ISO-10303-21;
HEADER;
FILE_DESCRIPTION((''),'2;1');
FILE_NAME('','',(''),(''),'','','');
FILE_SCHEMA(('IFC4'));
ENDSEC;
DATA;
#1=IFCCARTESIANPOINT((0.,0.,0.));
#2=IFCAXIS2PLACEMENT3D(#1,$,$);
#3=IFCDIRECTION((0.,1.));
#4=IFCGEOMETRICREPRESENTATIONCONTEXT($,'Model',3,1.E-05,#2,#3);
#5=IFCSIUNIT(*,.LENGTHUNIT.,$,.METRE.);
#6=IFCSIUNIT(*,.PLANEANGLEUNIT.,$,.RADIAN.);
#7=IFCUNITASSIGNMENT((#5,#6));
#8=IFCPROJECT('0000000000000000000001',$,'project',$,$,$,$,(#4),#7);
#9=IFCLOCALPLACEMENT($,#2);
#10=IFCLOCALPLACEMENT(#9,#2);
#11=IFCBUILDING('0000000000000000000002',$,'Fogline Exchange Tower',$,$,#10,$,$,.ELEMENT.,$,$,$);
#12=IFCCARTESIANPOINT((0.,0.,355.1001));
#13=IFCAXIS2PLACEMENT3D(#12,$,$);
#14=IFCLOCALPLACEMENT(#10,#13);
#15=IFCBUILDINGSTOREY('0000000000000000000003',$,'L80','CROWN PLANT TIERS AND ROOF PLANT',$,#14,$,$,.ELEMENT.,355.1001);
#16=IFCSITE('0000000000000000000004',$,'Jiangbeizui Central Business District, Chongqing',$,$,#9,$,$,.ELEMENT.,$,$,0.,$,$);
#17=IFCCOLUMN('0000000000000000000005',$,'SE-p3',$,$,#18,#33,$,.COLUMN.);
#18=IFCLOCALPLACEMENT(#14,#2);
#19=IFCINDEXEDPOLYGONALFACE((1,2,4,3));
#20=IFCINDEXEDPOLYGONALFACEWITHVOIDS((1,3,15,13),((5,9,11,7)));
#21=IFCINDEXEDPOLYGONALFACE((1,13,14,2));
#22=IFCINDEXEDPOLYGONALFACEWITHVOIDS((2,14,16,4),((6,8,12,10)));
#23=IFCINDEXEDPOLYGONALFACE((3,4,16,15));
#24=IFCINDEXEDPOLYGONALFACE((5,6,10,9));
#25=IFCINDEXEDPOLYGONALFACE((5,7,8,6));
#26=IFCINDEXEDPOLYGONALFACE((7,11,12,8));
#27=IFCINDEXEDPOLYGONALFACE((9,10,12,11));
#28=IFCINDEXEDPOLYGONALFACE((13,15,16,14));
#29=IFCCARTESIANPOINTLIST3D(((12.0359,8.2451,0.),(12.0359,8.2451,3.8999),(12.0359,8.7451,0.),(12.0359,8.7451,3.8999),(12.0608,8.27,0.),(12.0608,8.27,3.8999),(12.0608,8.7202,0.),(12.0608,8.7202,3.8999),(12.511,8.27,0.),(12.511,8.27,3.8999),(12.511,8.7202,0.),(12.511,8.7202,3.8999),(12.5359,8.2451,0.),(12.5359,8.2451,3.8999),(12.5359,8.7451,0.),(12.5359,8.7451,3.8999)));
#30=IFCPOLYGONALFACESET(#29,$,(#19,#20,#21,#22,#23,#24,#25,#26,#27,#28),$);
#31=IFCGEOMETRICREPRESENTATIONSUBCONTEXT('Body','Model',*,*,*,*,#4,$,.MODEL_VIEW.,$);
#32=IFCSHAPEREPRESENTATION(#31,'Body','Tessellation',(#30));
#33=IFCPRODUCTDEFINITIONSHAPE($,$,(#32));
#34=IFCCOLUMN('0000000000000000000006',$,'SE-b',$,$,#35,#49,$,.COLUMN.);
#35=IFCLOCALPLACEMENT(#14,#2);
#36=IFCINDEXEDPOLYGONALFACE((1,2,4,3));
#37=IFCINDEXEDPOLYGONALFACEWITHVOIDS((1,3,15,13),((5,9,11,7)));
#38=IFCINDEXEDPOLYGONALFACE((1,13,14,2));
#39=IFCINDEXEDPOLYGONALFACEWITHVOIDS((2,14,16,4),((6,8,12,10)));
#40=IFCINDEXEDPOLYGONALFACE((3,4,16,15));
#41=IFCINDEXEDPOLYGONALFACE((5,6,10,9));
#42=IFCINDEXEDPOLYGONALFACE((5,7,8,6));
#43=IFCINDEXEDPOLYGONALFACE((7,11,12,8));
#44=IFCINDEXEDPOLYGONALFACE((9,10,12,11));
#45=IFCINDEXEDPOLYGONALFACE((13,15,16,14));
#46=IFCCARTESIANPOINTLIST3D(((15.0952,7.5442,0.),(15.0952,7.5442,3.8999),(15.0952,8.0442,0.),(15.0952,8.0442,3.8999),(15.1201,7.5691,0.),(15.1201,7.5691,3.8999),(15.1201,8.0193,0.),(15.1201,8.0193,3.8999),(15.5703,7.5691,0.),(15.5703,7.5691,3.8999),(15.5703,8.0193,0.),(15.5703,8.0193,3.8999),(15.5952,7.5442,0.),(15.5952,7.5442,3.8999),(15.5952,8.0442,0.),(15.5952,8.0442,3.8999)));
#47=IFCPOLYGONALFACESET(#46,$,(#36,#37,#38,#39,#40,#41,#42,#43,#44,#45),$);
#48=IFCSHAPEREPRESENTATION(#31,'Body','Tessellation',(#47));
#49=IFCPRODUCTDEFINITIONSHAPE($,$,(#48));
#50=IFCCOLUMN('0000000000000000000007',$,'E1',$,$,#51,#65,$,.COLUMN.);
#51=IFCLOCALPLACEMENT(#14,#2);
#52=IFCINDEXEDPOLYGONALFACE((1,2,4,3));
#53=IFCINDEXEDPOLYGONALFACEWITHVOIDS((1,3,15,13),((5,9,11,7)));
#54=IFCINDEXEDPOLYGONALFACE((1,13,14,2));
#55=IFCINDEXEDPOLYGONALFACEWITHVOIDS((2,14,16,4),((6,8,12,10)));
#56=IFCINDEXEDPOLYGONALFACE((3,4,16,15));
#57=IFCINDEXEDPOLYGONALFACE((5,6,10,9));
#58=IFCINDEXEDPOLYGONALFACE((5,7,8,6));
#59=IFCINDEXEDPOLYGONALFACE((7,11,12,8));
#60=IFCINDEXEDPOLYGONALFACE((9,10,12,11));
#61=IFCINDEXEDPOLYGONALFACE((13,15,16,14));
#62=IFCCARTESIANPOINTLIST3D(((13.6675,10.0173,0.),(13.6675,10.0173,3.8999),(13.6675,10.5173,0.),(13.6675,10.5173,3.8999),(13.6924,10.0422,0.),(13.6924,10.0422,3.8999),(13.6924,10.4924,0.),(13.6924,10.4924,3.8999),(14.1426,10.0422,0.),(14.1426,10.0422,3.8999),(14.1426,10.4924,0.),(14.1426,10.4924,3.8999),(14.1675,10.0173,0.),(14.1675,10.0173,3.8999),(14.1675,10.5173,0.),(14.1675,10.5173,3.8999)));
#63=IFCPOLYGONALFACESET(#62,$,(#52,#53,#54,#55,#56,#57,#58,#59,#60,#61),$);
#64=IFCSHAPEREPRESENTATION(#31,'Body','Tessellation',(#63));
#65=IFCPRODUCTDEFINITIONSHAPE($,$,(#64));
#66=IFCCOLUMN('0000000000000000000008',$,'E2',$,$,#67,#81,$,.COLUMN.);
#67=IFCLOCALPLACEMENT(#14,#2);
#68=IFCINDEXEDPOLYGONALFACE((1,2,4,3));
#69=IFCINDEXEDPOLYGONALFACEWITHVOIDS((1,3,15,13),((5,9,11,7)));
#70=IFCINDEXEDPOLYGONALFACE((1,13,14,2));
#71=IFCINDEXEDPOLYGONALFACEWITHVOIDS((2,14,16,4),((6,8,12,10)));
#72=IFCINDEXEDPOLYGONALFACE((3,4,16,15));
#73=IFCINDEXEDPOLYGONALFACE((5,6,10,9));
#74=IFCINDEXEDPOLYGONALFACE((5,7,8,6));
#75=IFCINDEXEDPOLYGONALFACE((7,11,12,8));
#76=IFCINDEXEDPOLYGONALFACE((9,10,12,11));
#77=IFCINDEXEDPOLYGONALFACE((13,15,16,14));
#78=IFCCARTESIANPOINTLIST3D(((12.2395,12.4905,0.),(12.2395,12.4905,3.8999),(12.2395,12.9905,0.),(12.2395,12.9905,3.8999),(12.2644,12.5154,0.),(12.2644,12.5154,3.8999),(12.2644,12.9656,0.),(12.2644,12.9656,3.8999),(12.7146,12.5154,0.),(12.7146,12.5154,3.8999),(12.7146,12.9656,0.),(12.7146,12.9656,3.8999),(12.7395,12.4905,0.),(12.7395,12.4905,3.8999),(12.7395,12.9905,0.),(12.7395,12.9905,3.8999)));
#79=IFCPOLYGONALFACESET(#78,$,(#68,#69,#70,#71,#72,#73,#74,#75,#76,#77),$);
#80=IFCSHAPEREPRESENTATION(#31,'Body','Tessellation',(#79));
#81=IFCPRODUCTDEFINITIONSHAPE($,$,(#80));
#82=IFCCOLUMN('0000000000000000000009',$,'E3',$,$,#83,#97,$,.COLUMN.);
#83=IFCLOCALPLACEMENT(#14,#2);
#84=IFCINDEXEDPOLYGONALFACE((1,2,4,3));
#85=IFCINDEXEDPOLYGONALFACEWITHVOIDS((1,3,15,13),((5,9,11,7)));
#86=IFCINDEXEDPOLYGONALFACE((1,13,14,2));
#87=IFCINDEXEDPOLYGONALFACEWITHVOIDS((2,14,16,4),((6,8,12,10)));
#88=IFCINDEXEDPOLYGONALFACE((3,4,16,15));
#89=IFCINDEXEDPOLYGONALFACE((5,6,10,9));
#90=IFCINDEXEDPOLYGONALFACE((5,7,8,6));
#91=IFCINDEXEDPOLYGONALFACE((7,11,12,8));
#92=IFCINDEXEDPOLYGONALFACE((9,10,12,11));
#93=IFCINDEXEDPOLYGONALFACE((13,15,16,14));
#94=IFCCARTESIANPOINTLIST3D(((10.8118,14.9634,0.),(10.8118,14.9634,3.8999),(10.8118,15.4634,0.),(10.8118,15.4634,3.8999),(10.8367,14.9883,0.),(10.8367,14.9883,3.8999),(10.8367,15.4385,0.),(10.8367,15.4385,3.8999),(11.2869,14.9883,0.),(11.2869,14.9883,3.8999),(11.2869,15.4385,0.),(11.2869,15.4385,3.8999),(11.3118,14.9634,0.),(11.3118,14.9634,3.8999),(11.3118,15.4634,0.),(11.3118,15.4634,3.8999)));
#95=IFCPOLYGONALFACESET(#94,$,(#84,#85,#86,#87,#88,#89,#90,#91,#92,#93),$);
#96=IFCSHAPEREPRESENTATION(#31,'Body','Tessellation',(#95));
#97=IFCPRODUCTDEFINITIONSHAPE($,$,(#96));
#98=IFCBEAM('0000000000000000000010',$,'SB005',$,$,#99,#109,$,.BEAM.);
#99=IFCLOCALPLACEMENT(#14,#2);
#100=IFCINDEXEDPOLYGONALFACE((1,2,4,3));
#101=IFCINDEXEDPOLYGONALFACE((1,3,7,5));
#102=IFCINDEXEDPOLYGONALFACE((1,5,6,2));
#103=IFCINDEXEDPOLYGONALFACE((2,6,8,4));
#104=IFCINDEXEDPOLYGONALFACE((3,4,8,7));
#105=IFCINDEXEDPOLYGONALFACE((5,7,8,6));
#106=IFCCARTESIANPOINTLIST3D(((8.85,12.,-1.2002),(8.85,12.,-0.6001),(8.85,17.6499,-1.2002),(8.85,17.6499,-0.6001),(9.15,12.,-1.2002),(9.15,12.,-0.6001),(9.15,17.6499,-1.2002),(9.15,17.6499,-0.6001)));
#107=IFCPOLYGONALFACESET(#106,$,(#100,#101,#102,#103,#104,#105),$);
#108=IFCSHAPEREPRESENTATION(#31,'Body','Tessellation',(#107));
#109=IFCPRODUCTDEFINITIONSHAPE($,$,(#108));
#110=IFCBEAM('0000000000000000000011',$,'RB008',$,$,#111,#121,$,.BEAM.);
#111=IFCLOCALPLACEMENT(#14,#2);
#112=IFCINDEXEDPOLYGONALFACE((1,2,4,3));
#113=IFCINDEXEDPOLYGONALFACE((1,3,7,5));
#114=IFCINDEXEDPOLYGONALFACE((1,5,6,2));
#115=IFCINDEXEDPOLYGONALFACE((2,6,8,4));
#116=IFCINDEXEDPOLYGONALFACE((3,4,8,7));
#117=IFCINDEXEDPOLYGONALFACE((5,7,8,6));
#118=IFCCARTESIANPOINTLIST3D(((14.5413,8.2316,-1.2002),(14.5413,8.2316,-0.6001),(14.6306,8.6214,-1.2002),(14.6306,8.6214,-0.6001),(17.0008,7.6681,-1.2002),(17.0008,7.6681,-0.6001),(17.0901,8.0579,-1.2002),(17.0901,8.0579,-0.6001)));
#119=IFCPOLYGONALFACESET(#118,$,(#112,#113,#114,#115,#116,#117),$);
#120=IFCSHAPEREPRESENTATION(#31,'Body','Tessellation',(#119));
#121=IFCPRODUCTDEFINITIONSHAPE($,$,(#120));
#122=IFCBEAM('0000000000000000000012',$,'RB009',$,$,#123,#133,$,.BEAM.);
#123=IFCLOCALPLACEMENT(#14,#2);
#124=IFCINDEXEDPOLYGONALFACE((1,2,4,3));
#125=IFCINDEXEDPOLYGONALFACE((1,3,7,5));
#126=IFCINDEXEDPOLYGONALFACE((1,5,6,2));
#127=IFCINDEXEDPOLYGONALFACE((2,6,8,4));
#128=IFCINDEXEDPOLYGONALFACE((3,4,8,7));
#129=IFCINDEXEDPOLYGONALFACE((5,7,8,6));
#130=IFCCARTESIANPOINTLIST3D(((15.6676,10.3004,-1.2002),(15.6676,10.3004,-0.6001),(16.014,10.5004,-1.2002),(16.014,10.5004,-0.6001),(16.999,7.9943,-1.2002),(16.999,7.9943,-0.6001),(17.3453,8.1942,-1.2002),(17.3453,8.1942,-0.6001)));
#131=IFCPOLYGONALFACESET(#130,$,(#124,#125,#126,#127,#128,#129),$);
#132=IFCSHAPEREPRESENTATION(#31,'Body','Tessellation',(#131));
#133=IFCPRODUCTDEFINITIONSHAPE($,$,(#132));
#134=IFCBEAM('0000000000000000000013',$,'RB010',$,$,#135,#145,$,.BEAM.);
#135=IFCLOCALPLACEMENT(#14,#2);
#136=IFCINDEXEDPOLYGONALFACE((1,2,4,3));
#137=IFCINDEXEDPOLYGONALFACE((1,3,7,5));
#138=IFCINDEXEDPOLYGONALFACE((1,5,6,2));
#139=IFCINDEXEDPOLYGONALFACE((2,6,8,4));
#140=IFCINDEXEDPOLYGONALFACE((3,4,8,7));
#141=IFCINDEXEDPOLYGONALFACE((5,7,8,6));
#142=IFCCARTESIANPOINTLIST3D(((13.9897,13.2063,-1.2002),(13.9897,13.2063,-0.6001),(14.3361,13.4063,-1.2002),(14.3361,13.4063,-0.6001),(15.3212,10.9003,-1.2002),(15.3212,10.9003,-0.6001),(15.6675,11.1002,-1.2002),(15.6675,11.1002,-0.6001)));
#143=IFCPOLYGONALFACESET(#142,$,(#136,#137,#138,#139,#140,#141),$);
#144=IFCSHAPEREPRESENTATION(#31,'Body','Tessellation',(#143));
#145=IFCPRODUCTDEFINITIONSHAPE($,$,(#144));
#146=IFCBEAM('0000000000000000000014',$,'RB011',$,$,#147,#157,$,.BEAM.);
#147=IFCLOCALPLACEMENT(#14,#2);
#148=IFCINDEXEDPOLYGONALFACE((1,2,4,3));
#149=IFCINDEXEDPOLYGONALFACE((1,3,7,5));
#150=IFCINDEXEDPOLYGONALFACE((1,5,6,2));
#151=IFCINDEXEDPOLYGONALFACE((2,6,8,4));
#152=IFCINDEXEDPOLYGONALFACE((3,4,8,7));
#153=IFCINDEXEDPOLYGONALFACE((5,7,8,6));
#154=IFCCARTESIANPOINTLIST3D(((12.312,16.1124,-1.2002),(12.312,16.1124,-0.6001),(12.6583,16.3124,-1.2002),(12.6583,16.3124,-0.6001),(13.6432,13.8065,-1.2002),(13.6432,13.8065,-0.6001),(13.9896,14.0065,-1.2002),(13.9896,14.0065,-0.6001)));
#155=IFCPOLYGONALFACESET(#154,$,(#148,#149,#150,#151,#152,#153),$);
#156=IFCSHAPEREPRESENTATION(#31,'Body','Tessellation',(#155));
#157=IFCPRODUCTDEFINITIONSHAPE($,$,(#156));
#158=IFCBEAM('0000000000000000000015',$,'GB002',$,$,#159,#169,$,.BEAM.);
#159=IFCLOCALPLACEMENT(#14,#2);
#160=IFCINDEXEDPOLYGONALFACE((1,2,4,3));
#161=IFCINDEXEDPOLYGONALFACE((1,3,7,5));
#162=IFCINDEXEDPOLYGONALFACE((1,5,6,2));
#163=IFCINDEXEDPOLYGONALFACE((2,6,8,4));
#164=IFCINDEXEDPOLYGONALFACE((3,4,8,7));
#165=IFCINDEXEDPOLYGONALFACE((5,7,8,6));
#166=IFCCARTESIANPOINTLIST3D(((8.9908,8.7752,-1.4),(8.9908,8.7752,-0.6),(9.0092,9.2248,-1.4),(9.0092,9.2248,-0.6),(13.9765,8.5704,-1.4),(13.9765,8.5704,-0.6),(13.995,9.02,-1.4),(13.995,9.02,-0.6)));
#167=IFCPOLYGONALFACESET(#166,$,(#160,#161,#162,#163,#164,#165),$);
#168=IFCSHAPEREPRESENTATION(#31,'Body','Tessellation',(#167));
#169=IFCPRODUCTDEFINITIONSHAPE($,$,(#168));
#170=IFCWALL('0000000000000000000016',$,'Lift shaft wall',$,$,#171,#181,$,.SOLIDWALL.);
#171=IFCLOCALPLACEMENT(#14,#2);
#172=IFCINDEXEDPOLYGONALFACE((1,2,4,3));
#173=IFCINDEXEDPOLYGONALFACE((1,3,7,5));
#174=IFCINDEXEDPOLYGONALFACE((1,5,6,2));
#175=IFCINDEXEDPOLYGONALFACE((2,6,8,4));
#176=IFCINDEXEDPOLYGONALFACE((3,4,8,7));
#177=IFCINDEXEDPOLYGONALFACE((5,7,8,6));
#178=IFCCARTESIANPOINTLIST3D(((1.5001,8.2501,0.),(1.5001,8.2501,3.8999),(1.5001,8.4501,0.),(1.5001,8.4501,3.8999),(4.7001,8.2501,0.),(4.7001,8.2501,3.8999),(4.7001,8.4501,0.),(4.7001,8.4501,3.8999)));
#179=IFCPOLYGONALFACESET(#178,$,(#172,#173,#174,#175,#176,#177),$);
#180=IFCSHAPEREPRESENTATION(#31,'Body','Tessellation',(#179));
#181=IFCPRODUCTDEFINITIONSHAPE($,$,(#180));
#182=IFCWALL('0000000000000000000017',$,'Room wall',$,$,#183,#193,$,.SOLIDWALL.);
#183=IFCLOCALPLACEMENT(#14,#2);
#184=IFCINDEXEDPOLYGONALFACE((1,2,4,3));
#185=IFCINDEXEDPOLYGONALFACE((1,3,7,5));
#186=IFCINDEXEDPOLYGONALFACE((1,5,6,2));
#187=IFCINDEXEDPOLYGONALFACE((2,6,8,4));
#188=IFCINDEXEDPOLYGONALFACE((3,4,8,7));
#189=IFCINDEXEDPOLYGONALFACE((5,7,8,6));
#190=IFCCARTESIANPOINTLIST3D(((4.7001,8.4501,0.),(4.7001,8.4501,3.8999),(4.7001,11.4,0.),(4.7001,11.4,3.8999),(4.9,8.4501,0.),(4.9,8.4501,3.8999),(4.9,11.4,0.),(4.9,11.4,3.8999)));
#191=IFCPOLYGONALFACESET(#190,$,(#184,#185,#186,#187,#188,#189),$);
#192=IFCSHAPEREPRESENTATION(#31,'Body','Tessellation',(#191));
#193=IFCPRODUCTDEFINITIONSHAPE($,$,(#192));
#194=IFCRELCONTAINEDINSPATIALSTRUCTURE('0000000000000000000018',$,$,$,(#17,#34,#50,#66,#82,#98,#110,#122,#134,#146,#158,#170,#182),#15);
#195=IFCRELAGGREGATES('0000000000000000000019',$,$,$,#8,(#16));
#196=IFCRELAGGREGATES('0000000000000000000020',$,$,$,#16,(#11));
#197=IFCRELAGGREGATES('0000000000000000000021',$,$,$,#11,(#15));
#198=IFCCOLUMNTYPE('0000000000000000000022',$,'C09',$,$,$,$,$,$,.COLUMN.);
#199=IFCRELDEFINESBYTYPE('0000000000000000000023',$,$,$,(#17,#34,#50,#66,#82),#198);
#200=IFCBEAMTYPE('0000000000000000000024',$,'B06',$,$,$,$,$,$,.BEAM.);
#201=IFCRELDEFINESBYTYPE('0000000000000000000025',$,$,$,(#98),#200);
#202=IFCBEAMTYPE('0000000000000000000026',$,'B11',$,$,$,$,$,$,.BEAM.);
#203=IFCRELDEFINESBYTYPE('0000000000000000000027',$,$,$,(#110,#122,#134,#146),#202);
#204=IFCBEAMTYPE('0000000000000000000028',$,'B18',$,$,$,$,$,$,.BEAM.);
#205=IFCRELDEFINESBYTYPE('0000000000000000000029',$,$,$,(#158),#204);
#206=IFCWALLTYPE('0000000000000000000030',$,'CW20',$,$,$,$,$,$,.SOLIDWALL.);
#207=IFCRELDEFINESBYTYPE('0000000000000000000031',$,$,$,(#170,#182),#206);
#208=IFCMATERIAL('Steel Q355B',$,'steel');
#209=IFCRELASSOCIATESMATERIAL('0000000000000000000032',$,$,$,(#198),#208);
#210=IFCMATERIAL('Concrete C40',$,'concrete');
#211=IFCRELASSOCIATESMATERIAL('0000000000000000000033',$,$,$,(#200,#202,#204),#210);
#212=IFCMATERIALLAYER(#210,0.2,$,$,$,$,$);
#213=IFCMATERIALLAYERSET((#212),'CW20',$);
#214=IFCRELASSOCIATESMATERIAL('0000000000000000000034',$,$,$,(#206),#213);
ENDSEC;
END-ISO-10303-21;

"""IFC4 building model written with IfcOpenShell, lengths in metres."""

from ifc_helpers import new_model, si_unit, direction, frame, frame_2d, origin, origin_2d, place, context, subcontext, project, spatial, rectangle, hollow_rectangle, extrude, material, layer, layer_set, material_profile, profile_set, type_object, element, save


model = new_model("IFC4")

# Units and contexts
model_context = context("Model", 3, precision=1e-05, world=origin(), true_north=direction((0.0, 1.0)))
body_context = subcontext(model_context, "Body", "Model", "MODEL_VIEW")
ifc_project = project(units=[si_unit("LENGTHUNIT", "METRE"), si_unit("PLANEANGLEUNIT", "RADIAN")], contexts=[model_context])

# Site, building, storey
site_placement = place(None, origin())
site = spatial("IfcSite", under=ifc_project, at=site_placement, Name="Jiangbeizui Central Business District, Chongqing", CompositionType="ELEMENT", RefElevation=0.0)
building_placement = place(site_placement, origin())
building = spatial("IfcBuilding", under=site, at=building_placement, Name="Fogline Exchange Tower", CompositionType="ELEMENT")
storey_placement = place(building_placement, frame((0.0, 0.0, 355.1001)))
storey = spatial("IfcBuildingStorey", under=building, at=storey_placement, Name="L80", Description="CROWN PLANT TIERS AND ROOF PLANT", CompositionType="ELEMENT", Elevation=355.1001)

# Columns
ifc_material_1 = material(Name="Steel Q355B", Category="steel")
ifc_material_profile_1 = material_profile(ifc_material_1, hollow_rectangle(XDim=0.5, YDim=0.5, WallThickness=0.0249, at=origin_2d()), Name="BOX500X500X25")
ifc_profile_set_1 = profile_set([ifc_material_profile_1], Name="Steel Q355B")
column_type = type_object("IfcColumnType", Name="C09", PredefinedType="COLUMN", material=ifc_profile_set_1)
for number, where, z_axis, x_axis, name in (
    (1, (12.2859, 8.4951, 0.0), (0.0, 0.0, 1.0), (1.0, 0.0, 0.0), "SE-p3"),
    (2, (15.3452, 7.7942, 0.0), (0.0, 0.0, 1.0), (1.0, 0.0, 0.0), "SE-b"),
    (3, (13.9175, 10.2673, 0.0), (0.0, 0.0, 1.0), (1.0, 0.0, 0.0), "E1"),
    (4, (12.4895, 12.7405, 0.0), (0.0, 0.0, 1.0), (1.0, 0.0, 0.0), "E2"),
    (5, (11.0618, 15.2134, 0.0), (0.0, 0.0, 1.0), (1.0, 0.0, 0.0), "E3"),
):
    element("IfcColumn", number, at=place(storey_placement, frame(where, z_axis=z_axis, x_axis=x_axis)), inside=storey, type_object=column_type, Name=name, PredefinedType="COLUMN", context=body_context, shape_type="SweptSolid", body=[
        extrude(hollow_rectangle(XDim=0.5, YDim=0.5, WallThickness=0.0249, at=origin_2d()), origin(), (0.0, 0.0, 1.0), 3.8999),
    ])

# Beams
ifc_material_2 = material(Name="Concrete C40", Category="concrete")
ifc_material_profile_2 = material_profile(ifc_material_2, rectangle(XDim=0.3, YDim=0.6001, at=origin_2d()), Name="RC 300x600")
ifc_profile_set_2 = profile_set([ifc_material_profile_2], Name="Concrete C40")
beam_type_1 = type_object("IfcBeamType", Name="B06", PredefinedType="BEAM", material=ifc_profile_set_2)
beam_1_placement = place(storey_placement, frame((9.0, 12.0, -0.9001), z_axis=(0.0, 1.0, 0.0), x_axis=(-1.0, 0.0, 0.0)))
element("IfcBeam", 6, at=beam_1_placement, inside=storey, type_object=beam_type_1, Name="SB005", PredefinedType="BEAM", context=body_context, shape_type="SweptSolid", body=[
    extrude(rectangle(XDim=0.3, YDim=0.6001, at=origin_2d()), origin(), (0.0, 0.0, 1.0), 5.6499),
])
ifc_material_profile_3 = material_profile(ifc_material_2, rectangle(XDim=0.3999, YDim=0.6001, at=origin_2d()), Name="RC 400x600")
ifc_profile_set_3 = profile_set([ifc_material_profile_3], Name="Concrete C40")
beam_type_2 = type_object("IfcBeamType", Name="B11", PredefinedType="BEAM", material=ifc_profile_set_3)
beam_2_placement = place(storey_placement, frame((14.5859, 8.4265, -0.9001), z_axis=(0.974745, -0.223319, 0.0), x_axis=(0.223319, 0.974745, 0.0)))
element("IfcBeam", 7, at=beam_2_placement, inside=storey, type_object=beam_type_2, Name="RB008", PredefinedType="BEAM", context=body_context, shape_type="SweptSolid", body=[
    extrude(rectangle(XDim=0.3999, YDim=0.6001, at=origin_2d()), origin(), (0.0, 0.0, 1.0), 2.5232),
])
for number, where, z_axis, x_axis, name in (
    (8, (17.1721, 8.0942, -0.9001), (-0.499955, 0.866051, 0.0), (-0.866051, -0.499955, 0.0), "RB009"),
    (9, (15.4944, 11.0002, -0.9001), (-0.500024, 0.866012, 0.0), (-0.866012, -0.500024, 0.0), "RB010"),
):
    element("IfcBeam", number, at=place(storey_placement, frame(where, z_axis=z_axis, x_axis=x_axis)), inside=storey, type_object=beam_type_2, Name=name, PredefinedType="BEAM", context=body_context, shape_type="SweptSolid", body=[
        extrude(rectangle(XDim=0.3999, YDim=0.6001, at=origin_2d()), origin(), (0.0, 0.0, 1.0), 2.6628),
    ])
beam_3_placement = place(storey_placement, frame((13.8164, 13.9065, -0.9001), z_axis=(-0.499995, 0.866028, 0.0), x_axis=(-0.866028, -0.499995, 0.0)))
element("IfcBeam", 10, at=beam_3_placement, inside=storey, type_object=beam_type_2, Name="RB011", PredefinedType="BEAM", context=body_context, shape_type="SweptSolid", body=[
    extrude(rectangle(XDim=0.3999, YDim=0.6001, at=origin_2d()), origin(), (0.0, 0.0, 1.0), 2.6626),
])
ifc_material_profile_4 = material_profile(ifc_material_2, rectangle(XDim=0.45, YDim=0.8, at=origin_2d()), Name="RC 450x800")
ifc_profile_set_4 = profile_set([ifc_material_profile_4], Name="Concrete C40")
beam_type_3 = type_object("IfcBeamType", Name="B18", PredefinedType="BEAM", material=ifc_profile_set_4)
beam_4_placement = place(storey_placement, frame((9.0, 9.0, -1.0), z_axis=(0.999157, -0.041049, 0.0), x_axis=(0.041049, 0.999157, 0.0)))
element("IfcBeam", 11, at=beam_4_placement, inside=storey, type_object=beam_type_3, Name="GB002", PredefinedType="BEAM", context=body_context, shape_type="SweptSolid", body=[
    extrude(rectangle(XDim=0.45, YDim=0.8, at=origin_2d()), origin(), (0.0, 0.0, 1.0), 4.99),
])

# Walls
ifc_layer_1 = layer(ifc_material_2, 0.2)
ifc_layer_set_1 = layer_set([ifc_layer_1], Name="CW20")
wall_type_1 = type_object("IfcWallType", Name="CW20", PredefinedType="SOLIDWALL", material=ifc_layer_set_1)
wall_1_placement = place(storey_placement, frame((1.5, 8.3501, 0.0), z_axis=(0.0, 0.0, 1.0), x_axis=(1.0, 0.0, 0.0)))
element("IfcWall", 12, at=wall_1_placement, inside=storey, type_object=wall_type_1, Name="Lift shaft wall", PredefinedType="SOLIDWALL", context=body_context, shape_type="SweptSolid", body=[
    extrude(rectangle(XDim=3.2, YDim=0.2, at=frame_2d((1.6001, 0.0))), origin(), (0.0, 0.0, 1.0), 3.8999),
])
wall_2_placement = place(storey_placement, frame((4.8, 8.45, 0.0), z_axis=(0.0, 0.0, 1.0), x_axis=(0.0, 1.0, 0.0)))
element("IfcWall", 13, at=wall_2_placement, inside=storey, type_object=wall_type_1, Name="Room wall", PredefinedType="SOLIDWALL", context=body_context, shape_type="SweptSolid", body=[
    extrude(rectangle(XDim=2.95, YDim=0.2, at=frame_2d((1.4751, 0.0))), origin(), (0.0, 0.0, 1.0), 3.8999),
])

save(model, "model.ifc")
